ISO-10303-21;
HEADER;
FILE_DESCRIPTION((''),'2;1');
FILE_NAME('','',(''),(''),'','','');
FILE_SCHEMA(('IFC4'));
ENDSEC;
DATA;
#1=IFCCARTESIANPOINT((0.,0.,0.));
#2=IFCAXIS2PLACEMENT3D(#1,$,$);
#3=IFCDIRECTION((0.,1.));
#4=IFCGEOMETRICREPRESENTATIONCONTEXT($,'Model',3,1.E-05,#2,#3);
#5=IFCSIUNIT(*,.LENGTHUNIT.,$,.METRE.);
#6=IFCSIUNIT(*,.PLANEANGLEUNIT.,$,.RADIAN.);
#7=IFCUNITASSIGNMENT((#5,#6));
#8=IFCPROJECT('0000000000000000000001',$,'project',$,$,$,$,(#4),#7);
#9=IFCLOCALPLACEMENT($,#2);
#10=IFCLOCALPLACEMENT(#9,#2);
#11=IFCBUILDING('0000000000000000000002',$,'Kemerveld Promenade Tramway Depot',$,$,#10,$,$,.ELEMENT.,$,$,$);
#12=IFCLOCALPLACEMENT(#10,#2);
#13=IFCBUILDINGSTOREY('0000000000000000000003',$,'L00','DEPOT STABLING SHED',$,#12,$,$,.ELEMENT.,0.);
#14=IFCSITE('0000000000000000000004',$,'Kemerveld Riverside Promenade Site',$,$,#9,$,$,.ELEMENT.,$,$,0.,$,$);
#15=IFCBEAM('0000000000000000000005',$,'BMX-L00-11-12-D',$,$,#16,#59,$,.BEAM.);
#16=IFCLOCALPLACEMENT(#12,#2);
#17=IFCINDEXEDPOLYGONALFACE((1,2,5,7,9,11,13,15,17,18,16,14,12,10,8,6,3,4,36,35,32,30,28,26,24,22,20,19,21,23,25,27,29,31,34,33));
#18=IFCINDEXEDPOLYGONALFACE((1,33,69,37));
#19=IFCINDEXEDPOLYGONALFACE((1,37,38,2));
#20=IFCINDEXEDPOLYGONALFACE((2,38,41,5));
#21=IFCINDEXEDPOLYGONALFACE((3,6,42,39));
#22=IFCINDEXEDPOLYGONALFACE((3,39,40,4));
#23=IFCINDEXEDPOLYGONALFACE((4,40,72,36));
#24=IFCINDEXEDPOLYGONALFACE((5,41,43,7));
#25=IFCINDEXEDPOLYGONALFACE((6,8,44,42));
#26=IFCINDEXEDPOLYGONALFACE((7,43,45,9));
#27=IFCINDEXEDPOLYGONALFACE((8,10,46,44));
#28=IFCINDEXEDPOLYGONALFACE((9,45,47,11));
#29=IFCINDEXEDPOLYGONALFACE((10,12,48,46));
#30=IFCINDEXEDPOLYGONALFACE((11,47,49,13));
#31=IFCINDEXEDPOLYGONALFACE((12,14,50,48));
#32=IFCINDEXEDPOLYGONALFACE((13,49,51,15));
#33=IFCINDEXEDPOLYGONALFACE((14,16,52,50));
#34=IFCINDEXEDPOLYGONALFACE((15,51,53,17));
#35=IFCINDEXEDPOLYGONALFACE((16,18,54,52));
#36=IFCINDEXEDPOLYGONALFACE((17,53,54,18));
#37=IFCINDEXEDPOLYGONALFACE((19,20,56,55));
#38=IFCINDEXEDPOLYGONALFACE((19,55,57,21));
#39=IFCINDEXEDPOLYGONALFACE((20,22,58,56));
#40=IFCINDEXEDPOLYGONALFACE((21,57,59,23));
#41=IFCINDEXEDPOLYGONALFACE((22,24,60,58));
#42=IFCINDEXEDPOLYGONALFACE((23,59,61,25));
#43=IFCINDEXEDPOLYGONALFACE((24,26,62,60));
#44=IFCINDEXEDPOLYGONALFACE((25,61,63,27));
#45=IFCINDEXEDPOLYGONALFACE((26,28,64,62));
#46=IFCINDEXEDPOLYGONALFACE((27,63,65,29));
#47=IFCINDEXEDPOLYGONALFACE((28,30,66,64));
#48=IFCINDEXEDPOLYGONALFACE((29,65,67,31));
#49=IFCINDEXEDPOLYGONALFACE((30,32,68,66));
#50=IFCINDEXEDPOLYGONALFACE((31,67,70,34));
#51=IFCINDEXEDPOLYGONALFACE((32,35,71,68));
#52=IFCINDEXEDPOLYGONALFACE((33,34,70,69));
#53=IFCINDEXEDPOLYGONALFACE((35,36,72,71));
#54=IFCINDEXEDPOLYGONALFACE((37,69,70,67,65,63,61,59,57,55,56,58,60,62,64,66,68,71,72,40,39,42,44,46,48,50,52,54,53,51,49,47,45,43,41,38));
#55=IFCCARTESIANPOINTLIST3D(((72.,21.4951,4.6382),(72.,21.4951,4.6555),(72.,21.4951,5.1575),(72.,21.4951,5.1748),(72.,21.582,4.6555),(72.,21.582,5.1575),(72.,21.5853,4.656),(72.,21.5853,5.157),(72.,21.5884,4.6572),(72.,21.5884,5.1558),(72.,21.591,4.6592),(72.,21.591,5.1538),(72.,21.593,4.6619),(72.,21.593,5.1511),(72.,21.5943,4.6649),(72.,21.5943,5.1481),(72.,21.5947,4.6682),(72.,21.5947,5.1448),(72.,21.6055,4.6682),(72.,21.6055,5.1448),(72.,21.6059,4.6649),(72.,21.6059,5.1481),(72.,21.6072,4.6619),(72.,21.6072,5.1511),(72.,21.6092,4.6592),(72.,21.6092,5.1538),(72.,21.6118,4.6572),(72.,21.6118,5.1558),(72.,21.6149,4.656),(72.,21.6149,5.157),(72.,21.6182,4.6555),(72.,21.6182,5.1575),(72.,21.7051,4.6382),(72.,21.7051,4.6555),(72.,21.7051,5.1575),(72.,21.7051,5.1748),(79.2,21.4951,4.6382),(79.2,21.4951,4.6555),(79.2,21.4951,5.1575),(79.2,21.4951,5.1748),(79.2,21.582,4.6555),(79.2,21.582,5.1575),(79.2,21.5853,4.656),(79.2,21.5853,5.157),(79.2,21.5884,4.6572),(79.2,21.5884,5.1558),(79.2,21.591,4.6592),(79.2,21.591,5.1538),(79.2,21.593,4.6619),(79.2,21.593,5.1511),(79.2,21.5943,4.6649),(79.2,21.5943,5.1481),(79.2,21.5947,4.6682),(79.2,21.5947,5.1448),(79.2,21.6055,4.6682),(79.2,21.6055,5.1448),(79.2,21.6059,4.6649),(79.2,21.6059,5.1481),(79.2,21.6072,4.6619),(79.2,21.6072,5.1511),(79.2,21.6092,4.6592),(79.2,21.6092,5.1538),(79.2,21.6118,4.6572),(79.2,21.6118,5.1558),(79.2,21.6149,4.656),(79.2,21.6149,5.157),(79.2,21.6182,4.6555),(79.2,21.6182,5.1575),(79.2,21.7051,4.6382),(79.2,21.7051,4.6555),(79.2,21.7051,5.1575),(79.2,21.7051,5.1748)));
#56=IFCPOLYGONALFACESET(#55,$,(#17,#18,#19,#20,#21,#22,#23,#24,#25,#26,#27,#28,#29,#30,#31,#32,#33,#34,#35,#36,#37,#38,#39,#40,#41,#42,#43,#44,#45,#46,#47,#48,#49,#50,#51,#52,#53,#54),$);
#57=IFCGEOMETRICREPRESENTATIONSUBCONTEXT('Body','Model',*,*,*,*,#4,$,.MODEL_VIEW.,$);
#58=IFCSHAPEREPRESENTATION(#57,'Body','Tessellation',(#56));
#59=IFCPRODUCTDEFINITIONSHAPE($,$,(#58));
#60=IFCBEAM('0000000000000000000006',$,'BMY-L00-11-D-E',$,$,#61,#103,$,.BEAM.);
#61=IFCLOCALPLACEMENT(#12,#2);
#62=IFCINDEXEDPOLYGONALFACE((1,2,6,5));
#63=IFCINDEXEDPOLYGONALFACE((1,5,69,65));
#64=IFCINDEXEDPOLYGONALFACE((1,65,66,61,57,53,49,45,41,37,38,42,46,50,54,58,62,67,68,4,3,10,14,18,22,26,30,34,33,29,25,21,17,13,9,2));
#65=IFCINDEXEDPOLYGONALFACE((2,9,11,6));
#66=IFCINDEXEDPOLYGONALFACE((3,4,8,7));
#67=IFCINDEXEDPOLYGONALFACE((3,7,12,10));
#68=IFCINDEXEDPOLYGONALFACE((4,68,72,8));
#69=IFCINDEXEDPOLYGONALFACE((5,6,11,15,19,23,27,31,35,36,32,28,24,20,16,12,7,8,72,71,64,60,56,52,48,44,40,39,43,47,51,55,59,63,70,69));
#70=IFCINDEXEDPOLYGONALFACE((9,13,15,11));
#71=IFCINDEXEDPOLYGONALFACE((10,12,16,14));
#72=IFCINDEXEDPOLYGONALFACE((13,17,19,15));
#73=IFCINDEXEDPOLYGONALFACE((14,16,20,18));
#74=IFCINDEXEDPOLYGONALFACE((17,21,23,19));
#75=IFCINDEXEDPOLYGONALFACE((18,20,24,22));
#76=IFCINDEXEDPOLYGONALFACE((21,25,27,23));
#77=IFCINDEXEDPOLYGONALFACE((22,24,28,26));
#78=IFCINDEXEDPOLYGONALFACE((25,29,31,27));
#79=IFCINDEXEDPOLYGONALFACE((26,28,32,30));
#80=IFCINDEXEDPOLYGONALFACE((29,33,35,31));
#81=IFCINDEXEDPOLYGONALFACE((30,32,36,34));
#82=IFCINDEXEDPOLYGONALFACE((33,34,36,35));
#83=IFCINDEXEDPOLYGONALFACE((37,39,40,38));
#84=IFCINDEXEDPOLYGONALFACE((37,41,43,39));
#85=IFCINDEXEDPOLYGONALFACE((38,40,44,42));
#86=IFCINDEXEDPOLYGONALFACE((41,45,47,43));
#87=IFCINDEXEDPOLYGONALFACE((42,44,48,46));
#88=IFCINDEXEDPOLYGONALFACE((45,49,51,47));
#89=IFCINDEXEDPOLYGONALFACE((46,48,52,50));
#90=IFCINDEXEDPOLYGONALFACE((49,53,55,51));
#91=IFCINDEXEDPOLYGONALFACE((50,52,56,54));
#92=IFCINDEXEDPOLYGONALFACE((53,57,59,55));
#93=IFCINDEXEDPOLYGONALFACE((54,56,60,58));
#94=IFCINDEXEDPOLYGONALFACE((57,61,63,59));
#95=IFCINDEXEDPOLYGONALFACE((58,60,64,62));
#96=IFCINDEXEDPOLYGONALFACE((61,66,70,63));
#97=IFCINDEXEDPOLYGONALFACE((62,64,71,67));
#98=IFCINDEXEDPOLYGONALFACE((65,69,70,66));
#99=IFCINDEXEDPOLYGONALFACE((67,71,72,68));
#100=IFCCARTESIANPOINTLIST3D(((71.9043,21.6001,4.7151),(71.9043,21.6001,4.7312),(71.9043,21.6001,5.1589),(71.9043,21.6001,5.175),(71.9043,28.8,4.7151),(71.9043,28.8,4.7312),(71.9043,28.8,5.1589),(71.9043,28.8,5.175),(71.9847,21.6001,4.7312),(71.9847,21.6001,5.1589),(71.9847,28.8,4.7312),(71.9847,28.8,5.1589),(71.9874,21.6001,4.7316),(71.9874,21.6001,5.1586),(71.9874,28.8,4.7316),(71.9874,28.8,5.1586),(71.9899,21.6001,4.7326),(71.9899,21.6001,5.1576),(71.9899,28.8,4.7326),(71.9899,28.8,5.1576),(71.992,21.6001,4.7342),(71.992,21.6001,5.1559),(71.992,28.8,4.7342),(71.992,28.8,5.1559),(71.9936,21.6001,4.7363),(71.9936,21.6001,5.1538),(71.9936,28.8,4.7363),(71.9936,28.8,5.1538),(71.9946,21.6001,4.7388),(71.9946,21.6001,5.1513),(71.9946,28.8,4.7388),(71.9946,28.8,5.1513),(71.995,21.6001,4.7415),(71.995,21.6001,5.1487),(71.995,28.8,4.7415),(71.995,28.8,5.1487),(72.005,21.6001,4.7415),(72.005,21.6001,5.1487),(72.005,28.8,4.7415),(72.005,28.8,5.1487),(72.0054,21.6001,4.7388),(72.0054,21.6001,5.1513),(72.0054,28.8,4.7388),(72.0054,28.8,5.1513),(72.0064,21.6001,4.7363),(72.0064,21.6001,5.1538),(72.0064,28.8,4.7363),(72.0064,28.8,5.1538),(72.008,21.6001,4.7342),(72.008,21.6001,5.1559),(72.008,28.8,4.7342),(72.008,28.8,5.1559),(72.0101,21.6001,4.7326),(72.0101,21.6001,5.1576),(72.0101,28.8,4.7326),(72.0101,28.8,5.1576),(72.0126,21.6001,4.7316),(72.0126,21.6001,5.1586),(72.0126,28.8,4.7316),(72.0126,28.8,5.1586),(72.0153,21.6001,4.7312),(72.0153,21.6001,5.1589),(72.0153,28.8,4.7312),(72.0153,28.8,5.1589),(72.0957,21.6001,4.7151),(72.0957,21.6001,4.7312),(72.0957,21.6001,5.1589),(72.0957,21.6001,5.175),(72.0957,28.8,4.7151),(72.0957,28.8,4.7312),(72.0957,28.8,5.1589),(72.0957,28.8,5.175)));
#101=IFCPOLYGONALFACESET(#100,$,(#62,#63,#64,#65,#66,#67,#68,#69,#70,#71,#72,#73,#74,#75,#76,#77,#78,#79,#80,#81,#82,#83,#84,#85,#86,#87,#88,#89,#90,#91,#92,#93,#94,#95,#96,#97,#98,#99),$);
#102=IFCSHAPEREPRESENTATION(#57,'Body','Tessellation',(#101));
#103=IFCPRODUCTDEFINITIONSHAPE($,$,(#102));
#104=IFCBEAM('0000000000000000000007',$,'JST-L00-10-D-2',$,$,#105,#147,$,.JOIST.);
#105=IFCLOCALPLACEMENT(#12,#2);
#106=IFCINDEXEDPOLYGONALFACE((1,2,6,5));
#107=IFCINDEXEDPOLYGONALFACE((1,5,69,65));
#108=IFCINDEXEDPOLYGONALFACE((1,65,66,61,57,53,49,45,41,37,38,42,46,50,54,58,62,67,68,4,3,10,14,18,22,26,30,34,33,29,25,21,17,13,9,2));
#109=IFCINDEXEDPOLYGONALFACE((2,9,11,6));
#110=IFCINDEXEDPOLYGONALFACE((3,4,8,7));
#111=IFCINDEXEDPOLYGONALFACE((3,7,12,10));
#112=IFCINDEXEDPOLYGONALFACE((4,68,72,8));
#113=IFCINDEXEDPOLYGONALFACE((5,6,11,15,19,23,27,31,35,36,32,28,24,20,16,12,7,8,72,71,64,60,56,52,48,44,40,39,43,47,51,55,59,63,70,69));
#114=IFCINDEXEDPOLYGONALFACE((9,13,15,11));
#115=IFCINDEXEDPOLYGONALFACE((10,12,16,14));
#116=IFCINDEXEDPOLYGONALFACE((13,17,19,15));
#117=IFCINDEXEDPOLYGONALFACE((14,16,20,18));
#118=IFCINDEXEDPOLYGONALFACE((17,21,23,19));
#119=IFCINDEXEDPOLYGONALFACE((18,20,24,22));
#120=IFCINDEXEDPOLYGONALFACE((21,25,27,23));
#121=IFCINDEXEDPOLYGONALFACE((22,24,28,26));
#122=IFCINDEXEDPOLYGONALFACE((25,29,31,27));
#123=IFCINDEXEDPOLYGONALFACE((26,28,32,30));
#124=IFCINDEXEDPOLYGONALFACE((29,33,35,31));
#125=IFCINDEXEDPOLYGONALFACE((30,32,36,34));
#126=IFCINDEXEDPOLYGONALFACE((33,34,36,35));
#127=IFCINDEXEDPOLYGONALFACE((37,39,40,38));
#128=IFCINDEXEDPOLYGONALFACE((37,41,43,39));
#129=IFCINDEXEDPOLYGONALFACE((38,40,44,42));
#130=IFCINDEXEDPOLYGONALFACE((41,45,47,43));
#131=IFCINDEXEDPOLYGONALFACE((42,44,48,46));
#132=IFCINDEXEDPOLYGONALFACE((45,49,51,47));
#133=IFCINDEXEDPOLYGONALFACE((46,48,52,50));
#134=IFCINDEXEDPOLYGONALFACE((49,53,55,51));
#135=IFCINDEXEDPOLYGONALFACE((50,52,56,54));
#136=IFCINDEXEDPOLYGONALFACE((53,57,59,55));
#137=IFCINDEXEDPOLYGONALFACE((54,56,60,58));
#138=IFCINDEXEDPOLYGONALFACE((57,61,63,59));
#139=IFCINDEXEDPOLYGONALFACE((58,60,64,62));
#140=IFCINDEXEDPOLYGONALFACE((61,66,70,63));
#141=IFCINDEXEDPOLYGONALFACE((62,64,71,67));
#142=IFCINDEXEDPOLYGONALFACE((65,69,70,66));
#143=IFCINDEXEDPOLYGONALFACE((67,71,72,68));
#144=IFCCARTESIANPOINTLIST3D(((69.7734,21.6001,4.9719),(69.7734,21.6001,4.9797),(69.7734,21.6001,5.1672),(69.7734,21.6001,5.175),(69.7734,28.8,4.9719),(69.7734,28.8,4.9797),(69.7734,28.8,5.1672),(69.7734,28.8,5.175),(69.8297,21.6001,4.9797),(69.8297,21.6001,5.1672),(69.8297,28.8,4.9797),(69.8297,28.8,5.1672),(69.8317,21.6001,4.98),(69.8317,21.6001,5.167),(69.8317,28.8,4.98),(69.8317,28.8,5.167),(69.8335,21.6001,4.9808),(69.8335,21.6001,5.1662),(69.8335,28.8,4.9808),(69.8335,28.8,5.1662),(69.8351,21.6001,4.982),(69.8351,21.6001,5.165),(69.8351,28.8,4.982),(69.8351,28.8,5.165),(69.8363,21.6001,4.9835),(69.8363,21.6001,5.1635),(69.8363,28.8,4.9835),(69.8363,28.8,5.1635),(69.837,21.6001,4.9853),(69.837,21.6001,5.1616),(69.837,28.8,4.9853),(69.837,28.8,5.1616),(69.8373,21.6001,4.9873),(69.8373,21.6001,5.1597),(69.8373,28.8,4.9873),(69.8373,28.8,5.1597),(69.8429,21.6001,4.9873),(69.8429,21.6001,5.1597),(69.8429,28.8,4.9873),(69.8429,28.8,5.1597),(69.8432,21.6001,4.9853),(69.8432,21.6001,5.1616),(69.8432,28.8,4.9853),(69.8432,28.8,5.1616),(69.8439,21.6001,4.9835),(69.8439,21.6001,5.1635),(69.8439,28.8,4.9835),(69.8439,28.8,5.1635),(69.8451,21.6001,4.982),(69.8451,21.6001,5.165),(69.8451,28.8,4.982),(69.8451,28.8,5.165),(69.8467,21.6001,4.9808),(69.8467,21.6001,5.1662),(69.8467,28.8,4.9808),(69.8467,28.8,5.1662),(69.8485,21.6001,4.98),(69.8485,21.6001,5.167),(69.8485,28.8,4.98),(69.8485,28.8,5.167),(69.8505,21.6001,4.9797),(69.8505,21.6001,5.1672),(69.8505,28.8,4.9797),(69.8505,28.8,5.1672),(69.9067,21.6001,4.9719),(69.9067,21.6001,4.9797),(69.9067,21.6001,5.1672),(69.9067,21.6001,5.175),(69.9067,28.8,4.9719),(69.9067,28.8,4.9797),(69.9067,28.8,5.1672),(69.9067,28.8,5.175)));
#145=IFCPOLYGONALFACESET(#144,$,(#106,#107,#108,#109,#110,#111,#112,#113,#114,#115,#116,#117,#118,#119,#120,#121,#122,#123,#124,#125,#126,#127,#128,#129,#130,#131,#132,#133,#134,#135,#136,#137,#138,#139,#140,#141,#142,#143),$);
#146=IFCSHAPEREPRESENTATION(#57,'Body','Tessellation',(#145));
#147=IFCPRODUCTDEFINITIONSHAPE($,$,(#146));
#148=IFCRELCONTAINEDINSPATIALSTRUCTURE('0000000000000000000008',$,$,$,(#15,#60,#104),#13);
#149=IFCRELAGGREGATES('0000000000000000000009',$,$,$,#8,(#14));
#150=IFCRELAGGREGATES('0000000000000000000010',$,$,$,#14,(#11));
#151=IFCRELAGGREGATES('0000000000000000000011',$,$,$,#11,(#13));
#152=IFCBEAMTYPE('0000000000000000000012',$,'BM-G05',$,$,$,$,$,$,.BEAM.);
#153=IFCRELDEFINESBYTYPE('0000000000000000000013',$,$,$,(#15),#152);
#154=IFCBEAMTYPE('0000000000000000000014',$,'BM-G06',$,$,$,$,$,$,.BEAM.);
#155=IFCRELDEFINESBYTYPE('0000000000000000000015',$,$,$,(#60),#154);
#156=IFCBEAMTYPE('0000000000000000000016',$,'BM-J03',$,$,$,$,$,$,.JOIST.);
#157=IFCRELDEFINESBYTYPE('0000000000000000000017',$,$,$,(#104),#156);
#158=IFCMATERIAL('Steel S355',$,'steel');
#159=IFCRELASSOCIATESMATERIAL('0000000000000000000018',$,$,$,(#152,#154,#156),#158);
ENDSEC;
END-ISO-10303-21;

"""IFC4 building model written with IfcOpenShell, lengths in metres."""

from ifc_helpers import new_model, si_unit, direction, frame, origin, origin_2d, place, context, subcontext, project, spatial, i_section, extrude, material, material_profile, profile_set, type_object, element, save


model = new_model("IFC4")

# Units and contexts
model_context = context("Model", 3, precision=1e-05, world=origin(), true_north=direction((0.0, 1.0)))
body_context = subcontext(model_context, "Body", "Model", "MODEL_VIEW")
ifc_project = project(units=[si_unit("LENGTHUNIT", "METRE"), si_unit("PLANEANGLEUNIT", "RADIAN")], contexts=[model_context])

# Site, building, storey
site_placement = place(None, origin())
site = spatial("IfcSite", under=ifc_project, at=site_placement, Name="Kemerveld Riverside Promenade Site", CompositionType="ELEMENT", RefElevation=0.0)
building_placement = place(site_placement, origin())
building = spatial("IfcBuilding", under=site, at=building_placement, Name="Kemerveld Promenade Tramway Depot", CompositionType="ELEMENT")
storey_placement = place(building_placement, origin())
storey = spatial("IfcBuildingStorey", under=building, at=storey_placement, Name="L00", Description="DEPOT STABLING SHED", CompositionType="ELEMENT", Elevation=0.0)

# Shared definitions
ifc_material_1 = material(Name="Steel S355", Category="steel")

# Beams
ifc_material_profile_1 = material_profile(ifc_material_1, i_section(OverallWidth=0.21, OverallDepth=0.5366, WebThickness=0.0107, FlangeThickness=0.0173, FilletRadius=0.0127, at=origin_2d()), Name="533x210x101 UB")
ifc_profile_set_1 = profile_set([ifc_material_profile_1], Name="Steel S355")
beam_type_1 = type_object("IfcBeamType", Name="BM-G05", PredefinedType="BEAM", material=ifc_profile_set_1)
beam_1_placement = place(storey_placement, frame((72.0, 21.6001, 4.9065), z_axis=(1.0, 0.0, 0.0), x_axis=(0.0, 1.0, 0.0)))
element("IfcBeam", 1, at=beam_1_placement, inside=storey, type_object=beam_type_1, Name="BMX-L00-11-12-D", PredefinedType="BEAM", context=body_context, shape_type="SweptSolid", body=[
    extrude(i_section(OverallWidth=0.21, OverallDepth=0.5366, WebThickness=0.0107, FlangeThickness=0.0173, FilletRadius=0.0127, at=origin_2d()), origin(), (0.0, 0.0, 1.0), 7.2),
])
ifc_material_profile_2 = material_profile(ifc_material_1, i_section(OverallWidth=0.1914, OverallDepth=0.46, WebThickness=0.01, FlangeThickness=0.0161, FilletRadius=0.0103, at=origin_2d()), Name="457x191x82 UB")
ifc_profile_set_2 = profile_set([ifc_material_profile_2], Name="Steel S355")
beam_type_2 = type_object("IfcBeamType", Name="BM-G06", PredefinedType="BEAM", material=ifc_profile_set_2)
beam_2_placement = place(storey_placement, frame((72.0, 21.6001, 4.9451), z_axis=(0.0, 1.0, 0.0), x_axis=(-1.0, 0.0, 0.0)))
element("IfcBeam", 2, at=beam_2_placement, inside=storey, type_object=beam_type_2, Name="BMY-L00-11-D-E", PredefinedType="BEAM", context=body_context, shape_type="SweptSolid", body=[
    extrude(i_section(OverallWidth=0.1914, OverallDepth=0.46, WebThickness=0.01, FlangeThickness=0.0161, FilletRadius=0.0103, at=origin_2d()), origin(), (0.0, 0.0, 1.0), 7.2),
])
ifc_material_profile_3 = material_profile(ifc_material_1, i_section(OverallWidth=0.1333, OverallDepth=0.2031, WebThickness=0.0056, FlangeThickness=0.0078, FilletRadius=0.0076, at=origin_2d()), Name="203x133x25 UB")
ifc_profile_set_3 = profile_set([ifc_material_profile_3], Name="Steel S355")
beam_type_3 = type_object("IfcBeamType", Name="BM-J03", PredefinedType="JOIST", material=ifc_profile_set_3)
beam_3_placement = place(storey_placement, frame((69.8401, 21.6001, 5.0735), z_axis=(0.0, 1.0, 0.0), x_axis=(-1.0, 0.0, 0.0)))
element("IfcBeam", 3, at=beam_3_placement, inside=storey, type_object=beam_type_3, Name="JST-L00-10-D-2", PredefinedType="JOIST", context=body_context, shape_type="SweptSolid", body=[
    extrude(i_section(OverallWidth=0.1333, OverallDepth=0.2031, WebThickness=0.0056, FlangeThickness=0.0078, FilletRadius=0.0076, at=origin_2d()), origin(), (0.0, 0.0, 1.0), 7.2),
])

save(model, "model.ifc")
